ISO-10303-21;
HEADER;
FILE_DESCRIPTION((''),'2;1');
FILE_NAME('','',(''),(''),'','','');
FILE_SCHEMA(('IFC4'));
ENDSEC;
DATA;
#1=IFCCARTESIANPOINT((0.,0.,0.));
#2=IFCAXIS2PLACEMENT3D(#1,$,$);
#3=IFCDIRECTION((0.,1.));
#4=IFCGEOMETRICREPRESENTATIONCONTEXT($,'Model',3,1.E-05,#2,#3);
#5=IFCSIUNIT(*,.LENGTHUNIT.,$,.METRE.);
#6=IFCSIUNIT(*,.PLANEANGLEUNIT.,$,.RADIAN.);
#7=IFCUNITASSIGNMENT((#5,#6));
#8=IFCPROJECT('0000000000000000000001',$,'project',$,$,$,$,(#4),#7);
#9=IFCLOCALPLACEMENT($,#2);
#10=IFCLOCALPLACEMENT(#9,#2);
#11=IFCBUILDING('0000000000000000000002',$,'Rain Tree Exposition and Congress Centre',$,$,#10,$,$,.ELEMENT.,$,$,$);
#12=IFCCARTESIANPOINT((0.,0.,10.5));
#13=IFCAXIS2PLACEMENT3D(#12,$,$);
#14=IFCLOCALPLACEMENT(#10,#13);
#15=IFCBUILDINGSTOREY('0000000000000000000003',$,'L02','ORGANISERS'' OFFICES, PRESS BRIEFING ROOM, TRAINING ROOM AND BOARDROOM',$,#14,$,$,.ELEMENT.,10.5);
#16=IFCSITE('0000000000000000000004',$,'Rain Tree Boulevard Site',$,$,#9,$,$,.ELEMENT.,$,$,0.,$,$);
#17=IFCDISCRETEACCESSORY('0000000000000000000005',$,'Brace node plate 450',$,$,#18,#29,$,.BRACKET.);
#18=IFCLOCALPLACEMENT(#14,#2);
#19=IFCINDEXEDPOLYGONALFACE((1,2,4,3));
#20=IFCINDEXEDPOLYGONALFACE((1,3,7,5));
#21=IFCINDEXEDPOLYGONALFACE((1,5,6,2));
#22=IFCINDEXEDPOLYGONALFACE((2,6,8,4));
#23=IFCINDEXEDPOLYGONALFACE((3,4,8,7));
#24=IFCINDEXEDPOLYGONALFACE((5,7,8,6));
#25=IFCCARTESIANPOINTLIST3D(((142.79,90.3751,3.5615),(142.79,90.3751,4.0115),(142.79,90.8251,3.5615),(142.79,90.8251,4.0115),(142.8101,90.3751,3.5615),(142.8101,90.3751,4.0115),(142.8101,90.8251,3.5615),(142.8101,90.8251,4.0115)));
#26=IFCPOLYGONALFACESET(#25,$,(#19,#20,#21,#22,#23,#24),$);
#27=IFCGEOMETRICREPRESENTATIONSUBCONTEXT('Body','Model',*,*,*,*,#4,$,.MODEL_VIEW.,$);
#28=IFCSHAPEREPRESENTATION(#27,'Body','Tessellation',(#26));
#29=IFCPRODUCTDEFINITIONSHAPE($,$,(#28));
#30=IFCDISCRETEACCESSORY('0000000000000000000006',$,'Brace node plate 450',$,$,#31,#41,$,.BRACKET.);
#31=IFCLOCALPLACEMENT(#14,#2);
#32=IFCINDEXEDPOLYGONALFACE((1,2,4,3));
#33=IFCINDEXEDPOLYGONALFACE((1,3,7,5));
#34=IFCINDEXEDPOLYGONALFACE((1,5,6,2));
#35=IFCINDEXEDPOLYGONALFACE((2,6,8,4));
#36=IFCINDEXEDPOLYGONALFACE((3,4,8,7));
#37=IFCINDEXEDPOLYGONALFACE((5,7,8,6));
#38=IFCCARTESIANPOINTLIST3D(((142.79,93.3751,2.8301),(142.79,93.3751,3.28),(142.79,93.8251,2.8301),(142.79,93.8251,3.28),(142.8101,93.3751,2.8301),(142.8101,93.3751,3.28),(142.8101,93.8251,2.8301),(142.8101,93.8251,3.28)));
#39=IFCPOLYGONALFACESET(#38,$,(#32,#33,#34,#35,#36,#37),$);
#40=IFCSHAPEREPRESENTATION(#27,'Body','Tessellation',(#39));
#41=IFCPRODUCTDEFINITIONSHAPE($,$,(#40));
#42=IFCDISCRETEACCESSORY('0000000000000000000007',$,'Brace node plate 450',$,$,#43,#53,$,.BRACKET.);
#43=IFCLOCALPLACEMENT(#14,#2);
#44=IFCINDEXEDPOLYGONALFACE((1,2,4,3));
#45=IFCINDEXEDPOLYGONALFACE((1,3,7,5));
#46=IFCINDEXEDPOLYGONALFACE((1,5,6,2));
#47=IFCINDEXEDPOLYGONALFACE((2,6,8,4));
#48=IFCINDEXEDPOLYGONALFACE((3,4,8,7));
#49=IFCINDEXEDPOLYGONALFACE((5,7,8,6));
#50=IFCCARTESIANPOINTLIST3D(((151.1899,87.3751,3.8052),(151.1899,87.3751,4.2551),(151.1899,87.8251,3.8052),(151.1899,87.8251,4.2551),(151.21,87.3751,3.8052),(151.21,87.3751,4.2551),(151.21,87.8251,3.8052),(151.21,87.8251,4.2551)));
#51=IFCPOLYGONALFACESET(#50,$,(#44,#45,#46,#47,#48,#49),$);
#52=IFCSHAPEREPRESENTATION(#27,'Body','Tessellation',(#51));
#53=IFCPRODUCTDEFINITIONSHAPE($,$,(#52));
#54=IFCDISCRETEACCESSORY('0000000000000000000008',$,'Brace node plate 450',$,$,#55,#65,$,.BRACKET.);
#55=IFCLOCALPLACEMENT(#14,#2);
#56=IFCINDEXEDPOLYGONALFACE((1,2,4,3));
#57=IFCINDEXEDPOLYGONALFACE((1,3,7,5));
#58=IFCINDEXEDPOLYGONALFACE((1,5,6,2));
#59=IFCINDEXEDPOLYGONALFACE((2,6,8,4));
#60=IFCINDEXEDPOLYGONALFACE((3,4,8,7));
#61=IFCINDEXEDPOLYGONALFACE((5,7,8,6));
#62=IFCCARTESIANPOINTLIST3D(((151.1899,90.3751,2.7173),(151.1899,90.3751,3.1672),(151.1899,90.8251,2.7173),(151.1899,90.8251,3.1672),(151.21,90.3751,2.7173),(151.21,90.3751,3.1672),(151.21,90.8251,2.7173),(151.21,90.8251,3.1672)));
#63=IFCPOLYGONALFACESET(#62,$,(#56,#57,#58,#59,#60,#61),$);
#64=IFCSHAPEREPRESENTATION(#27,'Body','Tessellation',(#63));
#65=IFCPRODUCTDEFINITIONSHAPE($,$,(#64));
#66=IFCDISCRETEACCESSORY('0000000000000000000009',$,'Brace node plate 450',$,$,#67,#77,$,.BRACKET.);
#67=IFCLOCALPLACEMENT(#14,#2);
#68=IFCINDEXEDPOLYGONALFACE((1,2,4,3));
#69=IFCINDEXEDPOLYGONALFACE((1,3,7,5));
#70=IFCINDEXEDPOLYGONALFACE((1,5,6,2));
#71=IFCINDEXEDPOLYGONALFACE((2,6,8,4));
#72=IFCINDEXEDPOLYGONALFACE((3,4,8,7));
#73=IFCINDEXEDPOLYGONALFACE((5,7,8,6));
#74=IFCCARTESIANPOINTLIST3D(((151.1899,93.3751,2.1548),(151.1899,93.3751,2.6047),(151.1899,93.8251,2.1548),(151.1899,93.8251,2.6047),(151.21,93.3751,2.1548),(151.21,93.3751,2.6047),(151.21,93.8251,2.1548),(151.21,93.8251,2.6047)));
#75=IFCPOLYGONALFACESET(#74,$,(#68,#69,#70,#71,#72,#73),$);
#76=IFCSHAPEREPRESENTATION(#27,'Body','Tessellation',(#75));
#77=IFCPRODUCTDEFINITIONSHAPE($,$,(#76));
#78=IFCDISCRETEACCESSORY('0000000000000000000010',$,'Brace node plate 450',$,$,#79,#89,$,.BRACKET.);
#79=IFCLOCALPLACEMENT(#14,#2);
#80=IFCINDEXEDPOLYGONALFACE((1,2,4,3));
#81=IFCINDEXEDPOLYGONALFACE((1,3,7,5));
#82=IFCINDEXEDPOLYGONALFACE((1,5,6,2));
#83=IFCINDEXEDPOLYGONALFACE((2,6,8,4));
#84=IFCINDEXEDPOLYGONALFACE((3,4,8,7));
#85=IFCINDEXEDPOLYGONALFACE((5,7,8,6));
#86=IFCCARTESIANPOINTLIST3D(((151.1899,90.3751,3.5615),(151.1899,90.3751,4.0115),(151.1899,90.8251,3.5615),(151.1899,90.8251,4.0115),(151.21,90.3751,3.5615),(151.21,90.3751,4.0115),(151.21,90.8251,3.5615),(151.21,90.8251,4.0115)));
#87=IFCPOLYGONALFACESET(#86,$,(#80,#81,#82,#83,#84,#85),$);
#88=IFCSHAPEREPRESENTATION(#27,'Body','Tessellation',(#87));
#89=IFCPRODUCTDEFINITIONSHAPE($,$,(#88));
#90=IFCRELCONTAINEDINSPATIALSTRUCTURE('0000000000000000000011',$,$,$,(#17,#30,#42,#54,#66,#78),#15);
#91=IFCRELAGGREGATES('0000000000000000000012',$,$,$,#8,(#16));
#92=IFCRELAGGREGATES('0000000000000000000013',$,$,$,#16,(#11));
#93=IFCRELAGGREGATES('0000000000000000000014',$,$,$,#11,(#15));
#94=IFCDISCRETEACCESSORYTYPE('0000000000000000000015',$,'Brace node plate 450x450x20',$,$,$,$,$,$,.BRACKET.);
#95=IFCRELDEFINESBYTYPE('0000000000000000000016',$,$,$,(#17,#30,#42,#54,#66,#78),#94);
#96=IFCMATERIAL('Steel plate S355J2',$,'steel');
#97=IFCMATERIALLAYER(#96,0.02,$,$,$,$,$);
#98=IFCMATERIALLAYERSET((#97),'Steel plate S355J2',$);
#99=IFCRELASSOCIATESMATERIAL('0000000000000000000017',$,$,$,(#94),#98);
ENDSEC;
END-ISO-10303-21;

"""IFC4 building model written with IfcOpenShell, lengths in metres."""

from ifc_helpers import new_model, si_unit, direction, frame, origin, origin_2d, place, context, subcontext, project, spatial, rectangle, extrude, material, layer, layer_set, type_object, element, save


model = new_model("IFC4")

# Units and contexts
model_context = context("Model", 3, precision=1e-05, world=origin(), true_north=direction((0.0, 1.0)))
body_context = subcontext(model_context, "Body", "Model", "MODEL_VIEW")
ifc_project = project(units=[si_unit("LENGTHUNIT", "METRE"), si_unit("PLANEANGLEUNIT", "RADIAN")], contexts=[model_context])

# Site, building, storey
site_placement = place(None, origin())
site = spatial("IfcSite", under=ifc_project, at=site_placement, Name="Rain Tree Boulevard Site", CompositionType="ELEMENT", RefElevation=0.0)
building_placement = place(site_placement, origin())
building = spatial("IfcBuilding", under=site, at=building_placement, Name="Rain Tree Exposition and Congress Centre", CompositionType="ELEMENT")
storey_placement = place(building_placement, frame((0.0, 0.0, 10.5)))
storey = spatial("IfcBuildingStorey", under=building, at=storey_placement, Name="L02", Description="ORGANISERS' OFFICES, PRESS BRIEFING ROOM, TRAINING ROOM AND BOARDROOM", CompositionType="ELEMENT", Elevation=10.5)

# Discrete accessories
ifc_material_1 = material(Name="Steel plate S355J2", Category="steel")
ifc_layer = layer(ifc_material_1, 0.02)
ifc_layer_set = layer_set([ifc_layer], Name="Steel plate S355J2")
discrete_accessory_type = type_object("IfcDiscreteAccessoryType", Name="Brace node plate 450x450x20", PredefinedType="BRACKET", material=ifc_layer_set)
for number, where, z_axis, x_axis, name in (
    (1, (142.8, 90.6001, 3.5615), (0.0, 0.0, 1.0), (0.0, 1.0, 0.0), "Brace node plate 450"),
    (2, (142.8, 93.6001, 2.8301), (0.0, 0.0, 1.0), (0.0, 1.0, 0.0), "Brace node plate 450"),
    (3, (151.2, 87.6001, 3.8052), (0.0, 0.0, 1.0), (0.0, 1.0, 0.0), "Brace node plate 450"),
    (4, (151.2, 90.6001, 2.7173), (0.0, 0.0, 1.0), (0.0, -1.0, 0.0), "Brace node plate 450"),
    (5, (151.2, 93.6001, 2.1548), (0.0, 0.0, 1.0), (0.0, -1.0, 0.0), "Brace node plate 450"),
    (6, (151.2, 90.6001, 3.5615), (0.0, 0.0, 1.0), (0.0, 1.0, 0.0), "Brace node plate 450"),
):
    element("IfcDiscreteAccessory", number, at=place(storey_placement, frame(where, z_axis=z_axis, x_axis=x_axis)), inside=storey, type_object=discrete_accessory_type, Name=name, PredefinedType="BRACKET", context=body_context, shape_type="SweptSolid", body=[
        extrude(rectangle(XDim=0.45, YDim=0.02, at=origin_2d()), origin(), (0.0, 0.0, 1.0), 0.45),
    ])

save(model, "model.ifc")
